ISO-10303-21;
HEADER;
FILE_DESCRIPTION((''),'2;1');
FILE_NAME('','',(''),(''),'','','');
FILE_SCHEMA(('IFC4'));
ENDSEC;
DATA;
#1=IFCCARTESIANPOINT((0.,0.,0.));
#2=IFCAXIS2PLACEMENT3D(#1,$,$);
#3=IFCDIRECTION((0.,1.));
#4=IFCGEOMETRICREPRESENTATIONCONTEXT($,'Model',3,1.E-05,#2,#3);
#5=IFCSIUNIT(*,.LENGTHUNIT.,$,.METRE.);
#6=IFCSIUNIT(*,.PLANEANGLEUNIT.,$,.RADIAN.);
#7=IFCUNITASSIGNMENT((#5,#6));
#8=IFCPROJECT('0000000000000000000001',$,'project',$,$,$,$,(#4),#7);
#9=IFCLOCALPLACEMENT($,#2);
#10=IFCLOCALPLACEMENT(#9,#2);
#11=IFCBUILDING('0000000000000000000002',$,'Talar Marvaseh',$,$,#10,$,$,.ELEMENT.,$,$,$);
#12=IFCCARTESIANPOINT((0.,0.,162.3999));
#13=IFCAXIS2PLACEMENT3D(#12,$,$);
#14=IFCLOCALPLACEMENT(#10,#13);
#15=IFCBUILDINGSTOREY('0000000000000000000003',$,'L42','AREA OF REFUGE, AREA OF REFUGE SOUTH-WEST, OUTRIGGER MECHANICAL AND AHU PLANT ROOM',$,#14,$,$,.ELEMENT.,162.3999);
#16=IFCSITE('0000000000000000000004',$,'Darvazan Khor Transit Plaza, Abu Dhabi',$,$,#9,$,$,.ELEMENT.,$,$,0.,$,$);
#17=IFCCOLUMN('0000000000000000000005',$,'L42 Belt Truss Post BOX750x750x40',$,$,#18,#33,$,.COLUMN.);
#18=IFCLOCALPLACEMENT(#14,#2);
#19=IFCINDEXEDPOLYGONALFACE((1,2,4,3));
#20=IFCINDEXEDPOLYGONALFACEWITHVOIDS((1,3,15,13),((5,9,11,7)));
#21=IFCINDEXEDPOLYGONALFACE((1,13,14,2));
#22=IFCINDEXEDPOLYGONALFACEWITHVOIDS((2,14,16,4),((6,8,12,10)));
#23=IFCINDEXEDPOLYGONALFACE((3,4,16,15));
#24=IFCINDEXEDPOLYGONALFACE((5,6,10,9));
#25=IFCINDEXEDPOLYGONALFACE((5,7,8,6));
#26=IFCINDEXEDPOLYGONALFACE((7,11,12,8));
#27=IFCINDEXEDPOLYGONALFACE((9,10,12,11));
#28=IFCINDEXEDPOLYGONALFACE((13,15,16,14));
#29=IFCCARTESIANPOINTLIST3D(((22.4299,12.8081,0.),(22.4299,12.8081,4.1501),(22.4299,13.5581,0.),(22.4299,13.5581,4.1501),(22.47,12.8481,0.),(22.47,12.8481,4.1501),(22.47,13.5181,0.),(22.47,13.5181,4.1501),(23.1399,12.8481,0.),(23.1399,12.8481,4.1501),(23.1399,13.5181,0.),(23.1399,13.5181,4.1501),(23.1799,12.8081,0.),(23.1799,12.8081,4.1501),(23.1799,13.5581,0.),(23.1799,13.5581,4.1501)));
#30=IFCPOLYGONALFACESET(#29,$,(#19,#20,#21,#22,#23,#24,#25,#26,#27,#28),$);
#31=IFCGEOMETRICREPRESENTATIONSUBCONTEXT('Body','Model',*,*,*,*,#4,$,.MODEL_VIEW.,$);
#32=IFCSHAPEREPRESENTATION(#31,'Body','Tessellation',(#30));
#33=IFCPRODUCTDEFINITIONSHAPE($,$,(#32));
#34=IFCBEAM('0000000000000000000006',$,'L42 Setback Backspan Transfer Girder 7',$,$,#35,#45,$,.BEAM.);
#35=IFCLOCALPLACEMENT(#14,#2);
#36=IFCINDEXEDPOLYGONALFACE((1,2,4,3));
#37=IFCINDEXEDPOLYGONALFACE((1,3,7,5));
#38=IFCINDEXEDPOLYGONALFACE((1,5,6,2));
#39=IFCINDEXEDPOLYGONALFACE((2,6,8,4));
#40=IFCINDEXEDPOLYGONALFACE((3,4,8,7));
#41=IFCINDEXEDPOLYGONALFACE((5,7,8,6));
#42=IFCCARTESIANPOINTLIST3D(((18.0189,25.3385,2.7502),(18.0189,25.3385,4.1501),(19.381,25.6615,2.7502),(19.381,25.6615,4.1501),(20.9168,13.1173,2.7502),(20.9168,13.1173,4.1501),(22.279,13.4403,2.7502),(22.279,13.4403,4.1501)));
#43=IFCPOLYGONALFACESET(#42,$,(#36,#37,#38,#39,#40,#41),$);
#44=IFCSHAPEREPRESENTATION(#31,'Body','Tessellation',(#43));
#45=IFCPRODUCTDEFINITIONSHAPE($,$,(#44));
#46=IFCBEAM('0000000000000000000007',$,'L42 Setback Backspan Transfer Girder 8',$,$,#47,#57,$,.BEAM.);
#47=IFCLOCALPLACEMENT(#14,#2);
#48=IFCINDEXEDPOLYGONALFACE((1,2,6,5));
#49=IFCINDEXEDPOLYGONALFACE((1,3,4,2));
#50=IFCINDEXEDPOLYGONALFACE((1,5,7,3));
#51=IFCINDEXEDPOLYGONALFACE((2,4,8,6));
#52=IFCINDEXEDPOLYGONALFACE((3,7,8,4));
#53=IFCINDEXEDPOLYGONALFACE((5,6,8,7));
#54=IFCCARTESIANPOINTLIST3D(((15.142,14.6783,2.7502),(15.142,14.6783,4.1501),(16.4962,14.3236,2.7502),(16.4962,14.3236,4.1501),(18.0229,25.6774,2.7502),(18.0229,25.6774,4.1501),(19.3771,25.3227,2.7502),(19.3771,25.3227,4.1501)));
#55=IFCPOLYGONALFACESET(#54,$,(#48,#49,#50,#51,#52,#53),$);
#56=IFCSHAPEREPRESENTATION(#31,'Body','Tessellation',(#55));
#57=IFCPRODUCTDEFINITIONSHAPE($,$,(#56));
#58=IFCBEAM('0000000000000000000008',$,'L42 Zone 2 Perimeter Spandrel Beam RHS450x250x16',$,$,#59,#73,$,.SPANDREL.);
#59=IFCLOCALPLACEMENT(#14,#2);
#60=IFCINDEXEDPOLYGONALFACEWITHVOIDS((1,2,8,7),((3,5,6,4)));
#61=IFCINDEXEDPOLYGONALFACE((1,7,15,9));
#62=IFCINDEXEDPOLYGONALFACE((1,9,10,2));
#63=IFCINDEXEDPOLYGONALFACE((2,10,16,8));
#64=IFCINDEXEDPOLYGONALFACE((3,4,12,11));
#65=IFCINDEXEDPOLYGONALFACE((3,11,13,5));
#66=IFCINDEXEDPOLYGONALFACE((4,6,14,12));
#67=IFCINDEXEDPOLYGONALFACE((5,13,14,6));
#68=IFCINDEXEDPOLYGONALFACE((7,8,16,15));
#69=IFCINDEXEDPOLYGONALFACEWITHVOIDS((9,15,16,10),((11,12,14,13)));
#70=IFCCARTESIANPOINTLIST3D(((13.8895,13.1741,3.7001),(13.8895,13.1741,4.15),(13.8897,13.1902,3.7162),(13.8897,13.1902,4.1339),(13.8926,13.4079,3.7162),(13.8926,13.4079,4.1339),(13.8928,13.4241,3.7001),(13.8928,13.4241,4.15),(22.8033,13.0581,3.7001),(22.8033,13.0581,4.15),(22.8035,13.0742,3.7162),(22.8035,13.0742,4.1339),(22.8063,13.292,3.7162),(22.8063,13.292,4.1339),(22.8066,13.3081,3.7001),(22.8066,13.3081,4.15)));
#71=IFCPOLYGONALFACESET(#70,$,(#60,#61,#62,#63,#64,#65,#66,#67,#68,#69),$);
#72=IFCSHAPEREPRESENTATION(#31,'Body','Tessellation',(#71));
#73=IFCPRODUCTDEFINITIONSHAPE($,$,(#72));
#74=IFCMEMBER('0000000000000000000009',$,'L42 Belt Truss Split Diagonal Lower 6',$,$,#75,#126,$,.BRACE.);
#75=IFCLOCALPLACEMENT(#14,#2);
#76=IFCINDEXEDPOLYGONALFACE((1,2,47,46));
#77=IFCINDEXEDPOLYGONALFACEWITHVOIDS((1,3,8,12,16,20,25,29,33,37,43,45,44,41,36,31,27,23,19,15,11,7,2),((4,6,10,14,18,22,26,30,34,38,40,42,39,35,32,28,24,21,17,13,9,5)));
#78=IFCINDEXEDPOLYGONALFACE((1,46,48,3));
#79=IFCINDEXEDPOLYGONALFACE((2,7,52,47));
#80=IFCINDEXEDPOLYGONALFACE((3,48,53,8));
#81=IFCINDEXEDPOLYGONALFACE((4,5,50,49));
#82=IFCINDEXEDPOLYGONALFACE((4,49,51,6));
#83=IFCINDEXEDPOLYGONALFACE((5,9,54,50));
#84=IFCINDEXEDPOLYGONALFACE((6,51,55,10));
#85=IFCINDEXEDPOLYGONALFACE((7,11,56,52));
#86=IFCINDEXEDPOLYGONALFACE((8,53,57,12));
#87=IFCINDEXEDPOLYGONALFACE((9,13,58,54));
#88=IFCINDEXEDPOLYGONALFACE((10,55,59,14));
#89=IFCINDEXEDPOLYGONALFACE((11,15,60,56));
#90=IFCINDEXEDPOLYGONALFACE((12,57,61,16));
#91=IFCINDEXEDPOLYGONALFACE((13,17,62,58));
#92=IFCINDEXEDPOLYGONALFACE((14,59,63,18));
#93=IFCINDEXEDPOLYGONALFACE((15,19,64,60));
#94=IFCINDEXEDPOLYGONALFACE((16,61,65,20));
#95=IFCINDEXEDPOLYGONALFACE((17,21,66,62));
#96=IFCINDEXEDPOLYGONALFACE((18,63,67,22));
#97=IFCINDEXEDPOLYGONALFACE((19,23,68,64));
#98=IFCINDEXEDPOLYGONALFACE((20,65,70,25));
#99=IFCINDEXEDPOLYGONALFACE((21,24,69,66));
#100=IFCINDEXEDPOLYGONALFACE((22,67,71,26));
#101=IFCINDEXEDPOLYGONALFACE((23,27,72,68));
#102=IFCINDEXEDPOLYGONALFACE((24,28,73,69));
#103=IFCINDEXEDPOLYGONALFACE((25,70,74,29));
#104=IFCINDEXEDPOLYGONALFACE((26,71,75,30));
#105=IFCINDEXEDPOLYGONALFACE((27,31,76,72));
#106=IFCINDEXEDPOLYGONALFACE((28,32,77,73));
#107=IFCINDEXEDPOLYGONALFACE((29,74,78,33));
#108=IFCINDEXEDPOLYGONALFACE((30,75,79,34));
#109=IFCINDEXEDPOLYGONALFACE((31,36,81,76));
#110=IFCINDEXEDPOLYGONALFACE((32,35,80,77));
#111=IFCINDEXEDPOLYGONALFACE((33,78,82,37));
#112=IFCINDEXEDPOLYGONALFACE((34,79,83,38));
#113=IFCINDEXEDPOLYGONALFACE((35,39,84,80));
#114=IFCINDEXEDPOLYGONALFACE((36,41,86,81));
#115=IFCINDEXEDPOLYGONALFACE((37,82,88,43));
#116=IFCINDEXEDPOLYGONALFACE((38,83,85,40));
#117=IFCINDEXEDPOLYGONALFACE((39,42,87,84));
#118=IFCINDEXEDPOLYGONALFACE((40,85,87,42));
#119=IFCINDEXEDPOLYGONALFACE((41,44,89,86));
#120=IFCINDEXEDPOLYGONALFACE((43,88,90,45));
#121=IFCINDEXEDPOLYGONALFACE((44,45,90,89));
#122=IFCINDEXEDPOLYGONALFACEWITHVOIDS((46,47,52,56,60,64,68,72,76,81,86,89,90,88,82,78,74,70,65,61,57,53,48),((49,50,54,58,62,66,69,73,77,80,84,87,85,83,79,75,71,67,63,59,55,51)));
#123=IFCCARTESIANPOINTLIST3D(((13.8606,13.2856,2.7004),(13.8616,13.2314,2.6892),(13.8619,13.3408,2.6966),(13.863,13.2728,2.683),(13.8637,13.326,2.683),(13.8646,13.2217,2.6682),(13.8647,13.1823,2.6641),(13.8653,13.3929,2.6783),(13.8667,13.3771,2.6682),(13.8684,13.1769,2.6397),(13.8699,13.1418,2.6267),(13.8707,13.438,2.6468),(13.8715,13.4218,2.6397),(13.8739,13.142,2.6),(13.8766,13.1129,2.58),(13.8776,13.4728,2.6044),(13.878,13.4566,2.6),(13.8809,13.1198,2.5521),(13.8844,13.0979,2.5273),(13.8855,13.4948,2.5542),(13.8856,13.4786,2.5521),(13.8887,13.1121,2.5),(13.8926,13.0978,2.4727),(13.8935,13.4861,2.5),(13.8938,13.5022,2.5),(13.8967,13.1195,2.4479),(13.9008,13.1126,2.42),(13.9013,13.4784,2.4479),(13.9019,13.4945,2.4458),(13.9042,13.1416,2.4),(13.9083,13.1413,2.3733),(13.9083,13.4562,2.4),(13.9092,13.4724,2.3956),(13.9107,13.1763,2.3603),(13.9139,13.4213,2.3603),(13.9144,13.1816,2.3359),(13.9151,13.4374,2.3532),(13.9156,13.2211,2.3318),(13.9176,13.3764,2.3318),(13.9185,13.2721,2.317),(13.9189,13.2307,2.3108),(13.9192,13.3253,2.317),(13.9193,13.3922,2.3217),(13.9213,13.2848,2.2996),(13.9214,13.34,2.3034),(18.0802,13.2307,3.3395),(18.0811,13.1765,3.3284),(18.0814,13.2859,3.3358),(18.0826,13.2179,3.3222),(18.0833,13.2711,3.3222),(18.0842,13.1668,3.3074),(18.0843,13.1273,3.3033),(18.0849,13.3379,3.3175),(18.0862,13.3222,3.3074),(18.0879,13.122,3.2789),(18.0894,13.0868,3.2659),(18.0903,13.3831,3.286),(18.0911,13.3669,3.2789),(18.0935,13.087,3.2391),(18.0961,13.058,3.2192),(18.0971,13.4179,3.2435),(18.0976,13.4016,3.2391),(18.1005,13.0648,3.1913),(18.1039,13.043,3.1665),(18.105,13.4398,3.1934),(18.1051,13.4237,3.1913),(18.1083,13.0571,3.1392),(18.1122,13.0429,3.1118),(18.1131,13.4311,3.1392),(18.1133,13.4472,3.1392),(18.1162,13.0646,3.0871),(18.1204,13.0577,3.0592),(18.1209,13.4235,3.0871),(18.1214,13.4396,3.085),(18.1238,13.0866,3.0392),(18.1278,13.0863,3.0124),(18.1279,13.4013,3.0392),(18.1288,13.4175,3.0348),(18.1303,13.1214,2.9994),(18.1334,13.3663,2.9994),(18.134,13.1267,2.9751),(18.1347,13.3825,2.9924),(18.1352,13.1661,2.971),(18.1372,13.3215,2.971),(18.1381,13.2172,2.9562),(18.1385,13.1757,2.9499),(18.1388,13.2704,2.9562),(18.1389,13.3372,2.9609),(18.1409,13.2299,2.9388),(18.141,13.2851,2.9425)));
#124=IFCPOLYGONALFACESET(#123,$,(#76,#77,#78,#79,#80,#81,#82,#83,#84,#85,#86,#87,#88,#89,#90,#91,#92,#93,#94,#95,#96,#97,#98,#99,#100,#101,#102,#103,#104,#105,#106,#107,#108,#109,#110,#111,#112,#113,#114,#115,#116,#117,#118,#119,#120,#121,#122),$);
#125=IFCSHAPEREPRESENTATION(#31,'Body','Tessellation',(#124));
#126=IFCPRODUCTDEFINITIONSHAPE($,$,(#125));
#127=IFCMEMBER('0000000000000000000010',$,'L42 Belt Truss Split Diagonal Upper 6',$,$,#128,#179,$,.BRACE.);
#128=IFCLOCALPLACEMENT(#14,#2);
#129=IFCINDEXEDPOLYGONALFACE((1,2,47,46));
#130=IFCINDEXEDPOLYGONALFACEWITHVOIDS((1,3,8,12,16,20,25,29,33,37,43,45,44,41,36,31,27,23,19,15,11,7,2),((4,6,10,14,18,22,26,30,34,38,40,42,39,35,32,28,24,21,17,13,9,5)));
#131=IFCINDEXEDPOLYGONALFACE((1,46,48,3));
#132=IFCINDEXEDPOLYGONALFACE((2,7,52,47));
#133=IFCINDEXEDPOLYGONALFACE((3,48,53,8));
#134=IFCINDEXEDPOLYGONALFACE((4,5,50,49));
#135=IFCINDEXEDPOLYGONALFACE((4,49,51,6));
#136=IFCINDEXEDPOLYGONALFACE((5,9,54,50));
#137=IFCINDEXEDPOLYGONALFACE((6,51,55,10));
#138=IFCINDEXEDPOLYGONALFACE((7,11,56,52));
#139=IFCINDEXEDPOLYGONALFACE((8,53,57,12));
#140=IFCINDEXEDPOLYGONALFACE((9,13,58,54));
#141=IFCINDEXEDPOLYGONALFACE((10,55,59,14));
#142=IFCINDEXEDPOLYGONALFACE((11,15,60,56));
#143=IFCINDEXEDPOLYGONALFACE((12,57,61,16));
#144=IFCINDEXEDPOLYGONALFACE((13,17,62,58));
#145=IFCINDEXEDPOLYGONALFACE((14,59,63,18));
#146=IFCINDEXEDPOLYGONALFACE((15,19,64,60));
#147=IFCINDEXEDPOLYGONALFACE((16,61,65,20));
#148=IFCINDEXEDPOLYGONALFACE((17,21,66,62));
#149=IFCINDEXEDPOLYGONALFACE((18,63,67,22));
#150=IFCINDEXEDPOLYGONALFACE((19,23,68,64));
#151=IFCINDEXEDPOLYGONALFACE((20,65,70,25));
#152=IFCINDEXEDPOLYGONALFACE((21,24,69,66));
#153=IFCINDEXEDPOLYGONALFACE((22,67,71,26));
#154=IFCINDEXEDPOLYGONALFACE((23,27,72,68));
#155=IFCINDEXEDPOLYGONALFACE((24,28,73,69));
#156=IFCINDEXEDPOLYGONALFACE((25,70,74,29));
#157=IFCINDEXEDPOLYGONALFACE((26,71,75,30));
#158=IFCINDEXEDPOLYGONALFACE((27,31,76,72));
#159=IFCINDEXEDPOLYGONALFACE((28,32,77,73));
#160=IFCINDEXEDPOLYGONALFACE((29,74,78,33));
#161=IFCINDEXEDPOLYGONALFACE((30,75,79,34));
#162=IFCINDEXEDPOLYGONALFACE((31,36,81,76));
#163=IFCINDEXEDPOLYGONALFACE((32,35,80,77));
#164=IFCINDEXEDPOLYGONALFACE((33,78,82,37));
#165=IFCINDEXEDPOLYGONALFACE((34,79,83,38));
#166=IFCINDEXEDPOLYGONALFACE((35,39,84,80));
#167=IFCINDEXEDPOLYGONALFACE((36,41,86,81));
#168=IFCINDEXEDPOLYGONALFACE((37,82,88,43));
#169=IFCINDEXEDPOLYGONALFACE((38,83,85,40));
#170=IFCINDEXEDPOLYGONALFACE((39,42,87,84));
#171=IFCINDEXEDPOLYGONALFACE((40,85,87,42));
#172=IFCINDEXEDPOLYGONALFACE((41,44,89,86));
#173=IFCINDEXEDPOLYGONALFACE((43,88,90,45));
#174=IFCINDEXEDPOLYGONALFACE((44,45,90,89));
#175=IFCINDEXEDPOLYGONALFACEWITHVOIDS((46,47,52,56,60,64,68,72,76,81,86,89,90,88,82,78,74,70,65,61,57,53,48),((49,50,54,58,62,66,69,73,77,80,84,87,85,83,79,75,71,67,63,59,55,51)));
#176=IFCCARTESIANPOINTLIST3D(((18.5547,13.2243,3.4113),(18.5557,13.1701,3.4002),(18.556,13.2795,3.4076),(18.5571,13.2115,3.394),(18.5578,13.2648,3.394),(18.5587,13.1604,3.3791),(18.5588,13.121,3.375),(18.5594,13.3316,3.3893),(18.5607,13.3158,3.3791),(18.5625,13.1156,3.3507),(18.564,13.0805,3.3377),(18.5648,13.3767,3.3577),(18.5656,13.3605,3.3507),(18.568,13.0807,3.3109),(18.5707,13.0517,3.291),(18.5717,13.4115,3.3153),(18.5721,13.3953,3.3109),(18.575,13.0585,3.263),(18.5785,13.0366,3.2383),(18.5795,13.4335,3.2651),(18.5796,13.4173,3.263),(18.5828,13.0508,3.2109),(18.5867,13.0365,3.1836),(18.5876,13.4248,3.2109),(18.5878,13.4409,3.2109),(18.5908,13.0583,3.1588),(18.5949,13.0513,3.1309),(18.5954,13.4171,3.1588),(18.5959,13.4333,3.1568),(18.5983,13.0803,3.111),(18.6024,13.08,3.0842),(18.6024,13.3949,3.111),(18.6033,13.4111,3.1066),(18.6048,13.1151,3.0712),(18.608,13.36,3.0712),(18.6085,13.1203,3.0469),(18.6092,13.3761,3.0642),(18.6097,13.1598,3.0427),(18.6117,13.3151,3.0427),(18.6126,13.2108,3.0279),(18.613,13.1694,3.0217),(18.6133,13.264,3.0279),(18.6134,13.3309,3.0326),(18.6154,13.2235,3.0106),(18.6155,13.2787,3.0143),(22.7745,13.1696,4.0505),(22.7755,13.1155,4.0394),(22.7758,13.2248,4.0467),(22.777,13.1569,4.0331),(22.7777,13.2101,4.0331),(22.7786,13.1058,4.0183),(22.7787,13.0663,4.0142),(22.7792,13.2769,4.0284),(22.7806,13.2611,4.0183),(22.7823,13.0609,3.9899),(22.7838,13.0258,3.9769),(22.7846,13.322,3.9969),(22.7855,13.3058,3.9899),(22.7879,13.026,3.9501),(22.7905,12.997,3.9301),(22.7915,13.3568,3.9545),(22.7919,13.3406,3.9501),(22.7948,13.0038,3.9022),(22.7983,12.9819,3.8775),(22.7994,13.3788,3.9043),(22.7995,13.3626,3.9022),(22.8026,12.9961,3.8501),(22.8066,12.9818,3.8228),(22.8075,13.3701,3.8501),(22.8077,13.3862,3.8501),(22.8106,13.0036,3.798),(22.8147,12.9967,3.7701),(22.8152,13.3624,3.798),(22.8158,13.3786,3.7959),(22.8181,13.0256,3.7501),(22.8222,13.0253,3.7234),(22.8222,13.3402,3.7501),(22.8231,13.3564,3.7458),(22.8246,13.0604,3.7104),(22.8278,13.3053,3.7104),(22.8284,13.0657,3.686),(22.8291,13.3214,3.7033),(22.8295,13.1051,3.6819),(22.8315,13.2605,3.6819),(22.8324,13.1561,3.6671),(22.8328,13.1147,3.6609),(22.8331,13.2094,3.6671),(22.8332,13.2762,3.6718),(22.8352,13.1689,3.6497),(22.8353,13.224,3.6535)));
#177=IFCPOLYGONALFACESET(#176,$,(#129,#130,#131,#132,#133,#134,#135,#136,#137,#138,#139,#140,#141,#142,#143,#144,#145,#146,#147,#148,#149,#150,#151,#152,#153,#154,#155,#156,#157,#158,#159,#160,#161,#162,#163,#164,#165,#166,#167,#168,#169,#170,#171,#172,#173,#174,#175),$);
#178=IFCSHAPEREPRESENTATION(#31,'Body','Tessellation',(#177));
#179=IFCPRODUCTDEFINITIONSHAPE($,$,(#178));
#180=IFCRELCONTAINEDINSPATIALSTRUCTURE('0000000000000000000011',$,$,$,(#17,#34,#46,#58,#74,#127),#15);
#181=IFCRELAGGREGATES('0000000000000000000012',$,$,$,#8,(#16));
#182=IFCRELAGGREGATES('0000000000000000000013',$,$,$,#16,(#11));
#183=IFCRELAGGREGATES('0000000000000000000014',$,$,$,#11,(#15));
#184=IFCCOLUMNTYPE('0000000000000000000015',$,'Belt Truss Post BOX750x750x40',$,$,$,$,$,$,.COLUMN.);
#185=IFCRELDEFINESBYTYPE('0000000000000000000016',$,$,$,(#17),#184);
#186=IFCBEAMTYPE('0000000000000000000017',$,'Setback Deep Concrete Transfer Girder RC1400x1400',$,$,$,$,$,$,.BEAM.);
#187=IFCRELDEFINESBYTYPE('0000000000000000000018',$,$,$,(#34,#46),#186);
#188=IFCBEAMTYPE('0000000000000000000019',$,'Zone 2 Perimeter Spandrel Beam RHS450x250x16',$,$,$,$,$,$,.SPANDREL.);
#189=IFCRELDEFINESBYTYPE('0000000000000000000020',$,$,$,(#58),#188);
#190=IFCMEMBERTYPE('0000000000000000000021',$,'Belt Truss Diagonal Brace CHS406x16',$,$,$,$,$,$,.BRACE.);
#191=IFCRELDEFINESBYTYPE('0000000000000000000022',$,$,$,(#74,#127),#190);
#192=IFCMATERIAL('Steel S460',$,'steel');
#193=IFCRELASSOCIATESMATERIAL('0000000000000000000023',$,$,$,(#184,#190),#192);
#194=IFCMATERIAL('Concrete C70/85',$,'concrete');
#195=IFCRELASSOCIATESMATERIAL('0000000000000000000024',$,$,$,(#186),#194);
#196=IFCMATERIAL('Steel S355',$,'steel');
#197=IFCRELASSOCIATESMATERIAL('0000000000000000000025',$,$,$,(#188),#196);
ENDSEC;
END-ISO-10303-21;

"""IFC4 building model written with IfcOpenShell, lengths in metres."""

from ifc_helpers import new_model, si_unit, direction, frame, origin, origin_2d, place, context, subcontext, project, spatial, rectangle, hollow_rectangle, hollow_circle, extrude, source, transform, mapped, material, material_profile, profile_set, type_object, element, save


model = new_model("IFC4")

# Units and contexts
model_context = context("Model", 3, precision=1e-05, world=origin(), true_north=direction((0.0, 1.0)))
body_context = subcontext(model_context, "Body", "Model", "MODEL_VIEW")
ifc_project = project(units=[si_unit("LENGTHUNIT", "METRE"), si_unit("PLANEANGLEUNIT", "RADIAN")], contexts=[model_context])

# Site, building, storey
site_placement = place(None, origin())
site = spatial("IfcSite", under=ifc_project, at=site_placement, Name="Darvazan Khor Transit Plaza, Abu Dhabi", CompositionType="ELEMENT", RefElevation=0.0)
building_placement = place(site_placement, origin())
building = spatial("IfcBuilding", under=site, at=building_placement, Name="Talar Marvaseh", CompositionType="ELEMENT")
storey_placement = place(building_placement, frame((0.0, 0.0, 162.3999)))
storey = spatial("IfcBuildingStorey", under=building, at=storey_placement, Name="L42", Description="AREA OF REFUGE, AREA OF REFUGE SOUTH-WEST, OUTRIGGER MECHANICAL AND AHU PLANT ROOM", CompositionType="ELEMENT", Elevation=162.3999)

# Column
ifc_material_1 = material(Name="Steel S460", Category="steel")
ifc_material_profile_1 = material_profile(ifc_material_1, hollow_rectangle(XDim=0.75, YDim=0.75, WallThickness=0.04, at=origin_2d()), Name="BOX750x750x40")
ifc_profile_set_1 = profile_set([ifc_material_profile_1], Name="Steel S460")
column_type = type_object("IfcColumnType", Name="Belt Truss Post BOX750x750x40", PredefinedType="COLUMN", material=ifc_profile_set_1)
column_placement = place(storey_placement, frame((22.8049, 13.1831, 0.0), z_axis=(0.0, 0.0, 1.0), x_axis=(1.0, 0.0, 0.0)))
element("IfcColumn", 1, at=column_placement, inside=storey, type_object=column_type, Name="L42 Belt Truss Post BOX750x750x40", PredefinedType="COLUMN", context=body_context, shape_type="SweptSolid", body=[
    extrude(hollow_rectangle(XDim=0.75, YDim=0.75, WallThickness=0.04, at=origin_2d()), origin(), (0.0, 0.0, 1.0), 4.1501),
])

# Beams
ifc_material_2 = material(Name="Concrete C70/85", Category="concrete")
ifc_material_profile_2 = material_profile(ifc_material_2, rectangle(XDim=1.3999, YDim=1.3999, at=origin_2d()), Name="RC1400x1400")
ifc_profile_set_2 = profile_set([ifc_material_profile_2], Name="Concrete C70/85")
beam_type_1 = type_object("IfcBeamType", Name="Setback Deep Concrete Transfer Girder RC1400x1400", PredefinedType="BEAM", material=ifc_profile_set_2)
beam_1_placement = place(storey_placement, frame((21.5979, 13.2788, 3.4502), z_axis=(-0.230727, 0.973019, 0.0), x_axis=(-0.973019, -0.230727, 0.0)))
element("IfcBeam", 2, at=beam_1_placement, inside=storey, type_object=beam_type_1, Name="L42 Setback Backspan Transfer Girder 7", PredefinedType="BEAM", context=body_context, shape_type="SweptSolid", body=[
    extrude(rectangle(XDim=1.3999, YDim=1.3999, at=origin_2d()), origin(), (0.0, 0.0, 1.0), 12.5601),
])
beam_2_placement = place(storey_placement, frame((15.8191, 14.501, 3.4502), z_axis=(0.253373, 0.967369, 0.0), x_axis=(-0.967369, 0.253373, 0.0)))
element("IfcBeam", 3, at=beam_2_placement, inside=storey, type_object=beam_type_1, Name="L42 Setback Backspan Transfer Girder 8", PredefinedType="BEAM", context=body_context, shape_type="SweptSolid", body=[
    extrude(rectangle(XDim=1.3999, YDim=1.3999, at=origin_2d()), origin(), (0.0, 0.0, 1.0), 11.3701),
])
ifc_material_3 = material(Name="Steel S355", Category="steel")
ifc_material_profile_3 = material_profile(ifc_material_3, hollow_rectangle(XDim=0.25, YDim=0.45, WallThickness=0.0161, at=origin_2d()), Name="RHS450x250x16")
ifc_profile_set_3 = profile_set([ifc_material_profile_3], Name="Steel S355")
beam_type_2 = type_object("IfcBeamType", Name="Zone 2 Perimeter Spandrel Beam RHS450x250x16", PredefinedType="SPANDREL", material=ifc_profile_set_3)
beam_3_placement = place(storey_placement, frame((22.8049, 13.1831, 3.925), z_axis=(-0.999915, 0.013009, 0.0), x_axis=(-0.013009, -0.999915, 0.0)))
element("IfcBeam", 4, at=beam_3_placement, inside=storey, type_object=beam_type_2, Name="L42 Zone 2 Perimeter Spandrel Beam RHS450x250x16", PredefinedType="SPANDREL", context=body_context, shape_type="SweptSolid", body=[
    extrude(hollow_rectangle(XDim=0.25, YDim=0.45, WallThickness=0.0161, at=origin_2d()), origin(), (0.0, 0.0, 1.0), 8.9146),
])

# Members
ifc_material_profile_4 = material_profile(ifc_material_1, hollow_circle(Radius=0.2031, WallThickness=0.0161, at=origin_2d()), Name="CHS406x16")
ifc_profile_set_4 = profile_set([ifc_material_profile_4], Name="Steel S460")
member_type_1 = type_object("IfcMemberType", Name="Belt Truss Diagonal Brace CHS406x16", PredefinedType="BRACE", material=ifc_profile_set_4)
shared_shape_1 = source(origin(), body_context, "Body", "SweptSolid", [
    extrude(hollow_circle(Radius=0.2031, WallThickness=0.0161, at=origin_2d()), origin(), (0.0, 0.0, 1.0), 4.2681),
])
member_1_placement = place(storey_placement, frame((13.8911, 13.2991, 2.5), z_axis=(0.988639, -0.012871, 0.149757), x_axis=(0.013017, 0.999915, 0.0)))
element("IfcMember", 5, at=member_1_placement, inside=storey, type_object=member_type_1, Name="L42 Belt Truss Split Diagonal Lower 6", PredefinedType="BRACE", context=body_context, shape_type="MappedRepresentation", body=[
    mapped(shared_shape_1, transform((0.0, 0.0, 0.0), x_axis=(1.0, 0.0, 0.0), y_axis=(0.0, 1.0, 0.0), z_axis=(0.0, 0.0, 1.0), scale=1.0)),
])
shared_shape_2 = source(origin(), body_context, "Body", "SweptSolid", [
    extrude(hollow_circle(Radius=0.2031, WallThickness=0.0161, at=origin_2d()), origin(), (0.0, 0.0, 1.0), 4.2683),
])
member_2_placement = place(storey_placement, frame((18.5852, 13.2378, 3.2109), z_axis=(0.988641, -0.012813, 0.149749), x_axis=(0.012959, 0.999916, 0.0)))
element("IfcMember", 6, at=member_2_placement, inside=storey, type_object=member_type_1, Name="L42 Belt Truss Split Diagonal Upper 6", PredefinedType="BRACE", context=body_context, shape_type="MappedRepresentation", body=[
    mapped(shared_shape_2, transform((0.0, 0.0, 0.0), x_axis=(1.0, 0.0, 0.0), y_axis=(0.0, 1.0, 0.0), z_axis=(0.0, 0.0, 1.0), scale=1.0)),
])

save(model, "model.ifc")
